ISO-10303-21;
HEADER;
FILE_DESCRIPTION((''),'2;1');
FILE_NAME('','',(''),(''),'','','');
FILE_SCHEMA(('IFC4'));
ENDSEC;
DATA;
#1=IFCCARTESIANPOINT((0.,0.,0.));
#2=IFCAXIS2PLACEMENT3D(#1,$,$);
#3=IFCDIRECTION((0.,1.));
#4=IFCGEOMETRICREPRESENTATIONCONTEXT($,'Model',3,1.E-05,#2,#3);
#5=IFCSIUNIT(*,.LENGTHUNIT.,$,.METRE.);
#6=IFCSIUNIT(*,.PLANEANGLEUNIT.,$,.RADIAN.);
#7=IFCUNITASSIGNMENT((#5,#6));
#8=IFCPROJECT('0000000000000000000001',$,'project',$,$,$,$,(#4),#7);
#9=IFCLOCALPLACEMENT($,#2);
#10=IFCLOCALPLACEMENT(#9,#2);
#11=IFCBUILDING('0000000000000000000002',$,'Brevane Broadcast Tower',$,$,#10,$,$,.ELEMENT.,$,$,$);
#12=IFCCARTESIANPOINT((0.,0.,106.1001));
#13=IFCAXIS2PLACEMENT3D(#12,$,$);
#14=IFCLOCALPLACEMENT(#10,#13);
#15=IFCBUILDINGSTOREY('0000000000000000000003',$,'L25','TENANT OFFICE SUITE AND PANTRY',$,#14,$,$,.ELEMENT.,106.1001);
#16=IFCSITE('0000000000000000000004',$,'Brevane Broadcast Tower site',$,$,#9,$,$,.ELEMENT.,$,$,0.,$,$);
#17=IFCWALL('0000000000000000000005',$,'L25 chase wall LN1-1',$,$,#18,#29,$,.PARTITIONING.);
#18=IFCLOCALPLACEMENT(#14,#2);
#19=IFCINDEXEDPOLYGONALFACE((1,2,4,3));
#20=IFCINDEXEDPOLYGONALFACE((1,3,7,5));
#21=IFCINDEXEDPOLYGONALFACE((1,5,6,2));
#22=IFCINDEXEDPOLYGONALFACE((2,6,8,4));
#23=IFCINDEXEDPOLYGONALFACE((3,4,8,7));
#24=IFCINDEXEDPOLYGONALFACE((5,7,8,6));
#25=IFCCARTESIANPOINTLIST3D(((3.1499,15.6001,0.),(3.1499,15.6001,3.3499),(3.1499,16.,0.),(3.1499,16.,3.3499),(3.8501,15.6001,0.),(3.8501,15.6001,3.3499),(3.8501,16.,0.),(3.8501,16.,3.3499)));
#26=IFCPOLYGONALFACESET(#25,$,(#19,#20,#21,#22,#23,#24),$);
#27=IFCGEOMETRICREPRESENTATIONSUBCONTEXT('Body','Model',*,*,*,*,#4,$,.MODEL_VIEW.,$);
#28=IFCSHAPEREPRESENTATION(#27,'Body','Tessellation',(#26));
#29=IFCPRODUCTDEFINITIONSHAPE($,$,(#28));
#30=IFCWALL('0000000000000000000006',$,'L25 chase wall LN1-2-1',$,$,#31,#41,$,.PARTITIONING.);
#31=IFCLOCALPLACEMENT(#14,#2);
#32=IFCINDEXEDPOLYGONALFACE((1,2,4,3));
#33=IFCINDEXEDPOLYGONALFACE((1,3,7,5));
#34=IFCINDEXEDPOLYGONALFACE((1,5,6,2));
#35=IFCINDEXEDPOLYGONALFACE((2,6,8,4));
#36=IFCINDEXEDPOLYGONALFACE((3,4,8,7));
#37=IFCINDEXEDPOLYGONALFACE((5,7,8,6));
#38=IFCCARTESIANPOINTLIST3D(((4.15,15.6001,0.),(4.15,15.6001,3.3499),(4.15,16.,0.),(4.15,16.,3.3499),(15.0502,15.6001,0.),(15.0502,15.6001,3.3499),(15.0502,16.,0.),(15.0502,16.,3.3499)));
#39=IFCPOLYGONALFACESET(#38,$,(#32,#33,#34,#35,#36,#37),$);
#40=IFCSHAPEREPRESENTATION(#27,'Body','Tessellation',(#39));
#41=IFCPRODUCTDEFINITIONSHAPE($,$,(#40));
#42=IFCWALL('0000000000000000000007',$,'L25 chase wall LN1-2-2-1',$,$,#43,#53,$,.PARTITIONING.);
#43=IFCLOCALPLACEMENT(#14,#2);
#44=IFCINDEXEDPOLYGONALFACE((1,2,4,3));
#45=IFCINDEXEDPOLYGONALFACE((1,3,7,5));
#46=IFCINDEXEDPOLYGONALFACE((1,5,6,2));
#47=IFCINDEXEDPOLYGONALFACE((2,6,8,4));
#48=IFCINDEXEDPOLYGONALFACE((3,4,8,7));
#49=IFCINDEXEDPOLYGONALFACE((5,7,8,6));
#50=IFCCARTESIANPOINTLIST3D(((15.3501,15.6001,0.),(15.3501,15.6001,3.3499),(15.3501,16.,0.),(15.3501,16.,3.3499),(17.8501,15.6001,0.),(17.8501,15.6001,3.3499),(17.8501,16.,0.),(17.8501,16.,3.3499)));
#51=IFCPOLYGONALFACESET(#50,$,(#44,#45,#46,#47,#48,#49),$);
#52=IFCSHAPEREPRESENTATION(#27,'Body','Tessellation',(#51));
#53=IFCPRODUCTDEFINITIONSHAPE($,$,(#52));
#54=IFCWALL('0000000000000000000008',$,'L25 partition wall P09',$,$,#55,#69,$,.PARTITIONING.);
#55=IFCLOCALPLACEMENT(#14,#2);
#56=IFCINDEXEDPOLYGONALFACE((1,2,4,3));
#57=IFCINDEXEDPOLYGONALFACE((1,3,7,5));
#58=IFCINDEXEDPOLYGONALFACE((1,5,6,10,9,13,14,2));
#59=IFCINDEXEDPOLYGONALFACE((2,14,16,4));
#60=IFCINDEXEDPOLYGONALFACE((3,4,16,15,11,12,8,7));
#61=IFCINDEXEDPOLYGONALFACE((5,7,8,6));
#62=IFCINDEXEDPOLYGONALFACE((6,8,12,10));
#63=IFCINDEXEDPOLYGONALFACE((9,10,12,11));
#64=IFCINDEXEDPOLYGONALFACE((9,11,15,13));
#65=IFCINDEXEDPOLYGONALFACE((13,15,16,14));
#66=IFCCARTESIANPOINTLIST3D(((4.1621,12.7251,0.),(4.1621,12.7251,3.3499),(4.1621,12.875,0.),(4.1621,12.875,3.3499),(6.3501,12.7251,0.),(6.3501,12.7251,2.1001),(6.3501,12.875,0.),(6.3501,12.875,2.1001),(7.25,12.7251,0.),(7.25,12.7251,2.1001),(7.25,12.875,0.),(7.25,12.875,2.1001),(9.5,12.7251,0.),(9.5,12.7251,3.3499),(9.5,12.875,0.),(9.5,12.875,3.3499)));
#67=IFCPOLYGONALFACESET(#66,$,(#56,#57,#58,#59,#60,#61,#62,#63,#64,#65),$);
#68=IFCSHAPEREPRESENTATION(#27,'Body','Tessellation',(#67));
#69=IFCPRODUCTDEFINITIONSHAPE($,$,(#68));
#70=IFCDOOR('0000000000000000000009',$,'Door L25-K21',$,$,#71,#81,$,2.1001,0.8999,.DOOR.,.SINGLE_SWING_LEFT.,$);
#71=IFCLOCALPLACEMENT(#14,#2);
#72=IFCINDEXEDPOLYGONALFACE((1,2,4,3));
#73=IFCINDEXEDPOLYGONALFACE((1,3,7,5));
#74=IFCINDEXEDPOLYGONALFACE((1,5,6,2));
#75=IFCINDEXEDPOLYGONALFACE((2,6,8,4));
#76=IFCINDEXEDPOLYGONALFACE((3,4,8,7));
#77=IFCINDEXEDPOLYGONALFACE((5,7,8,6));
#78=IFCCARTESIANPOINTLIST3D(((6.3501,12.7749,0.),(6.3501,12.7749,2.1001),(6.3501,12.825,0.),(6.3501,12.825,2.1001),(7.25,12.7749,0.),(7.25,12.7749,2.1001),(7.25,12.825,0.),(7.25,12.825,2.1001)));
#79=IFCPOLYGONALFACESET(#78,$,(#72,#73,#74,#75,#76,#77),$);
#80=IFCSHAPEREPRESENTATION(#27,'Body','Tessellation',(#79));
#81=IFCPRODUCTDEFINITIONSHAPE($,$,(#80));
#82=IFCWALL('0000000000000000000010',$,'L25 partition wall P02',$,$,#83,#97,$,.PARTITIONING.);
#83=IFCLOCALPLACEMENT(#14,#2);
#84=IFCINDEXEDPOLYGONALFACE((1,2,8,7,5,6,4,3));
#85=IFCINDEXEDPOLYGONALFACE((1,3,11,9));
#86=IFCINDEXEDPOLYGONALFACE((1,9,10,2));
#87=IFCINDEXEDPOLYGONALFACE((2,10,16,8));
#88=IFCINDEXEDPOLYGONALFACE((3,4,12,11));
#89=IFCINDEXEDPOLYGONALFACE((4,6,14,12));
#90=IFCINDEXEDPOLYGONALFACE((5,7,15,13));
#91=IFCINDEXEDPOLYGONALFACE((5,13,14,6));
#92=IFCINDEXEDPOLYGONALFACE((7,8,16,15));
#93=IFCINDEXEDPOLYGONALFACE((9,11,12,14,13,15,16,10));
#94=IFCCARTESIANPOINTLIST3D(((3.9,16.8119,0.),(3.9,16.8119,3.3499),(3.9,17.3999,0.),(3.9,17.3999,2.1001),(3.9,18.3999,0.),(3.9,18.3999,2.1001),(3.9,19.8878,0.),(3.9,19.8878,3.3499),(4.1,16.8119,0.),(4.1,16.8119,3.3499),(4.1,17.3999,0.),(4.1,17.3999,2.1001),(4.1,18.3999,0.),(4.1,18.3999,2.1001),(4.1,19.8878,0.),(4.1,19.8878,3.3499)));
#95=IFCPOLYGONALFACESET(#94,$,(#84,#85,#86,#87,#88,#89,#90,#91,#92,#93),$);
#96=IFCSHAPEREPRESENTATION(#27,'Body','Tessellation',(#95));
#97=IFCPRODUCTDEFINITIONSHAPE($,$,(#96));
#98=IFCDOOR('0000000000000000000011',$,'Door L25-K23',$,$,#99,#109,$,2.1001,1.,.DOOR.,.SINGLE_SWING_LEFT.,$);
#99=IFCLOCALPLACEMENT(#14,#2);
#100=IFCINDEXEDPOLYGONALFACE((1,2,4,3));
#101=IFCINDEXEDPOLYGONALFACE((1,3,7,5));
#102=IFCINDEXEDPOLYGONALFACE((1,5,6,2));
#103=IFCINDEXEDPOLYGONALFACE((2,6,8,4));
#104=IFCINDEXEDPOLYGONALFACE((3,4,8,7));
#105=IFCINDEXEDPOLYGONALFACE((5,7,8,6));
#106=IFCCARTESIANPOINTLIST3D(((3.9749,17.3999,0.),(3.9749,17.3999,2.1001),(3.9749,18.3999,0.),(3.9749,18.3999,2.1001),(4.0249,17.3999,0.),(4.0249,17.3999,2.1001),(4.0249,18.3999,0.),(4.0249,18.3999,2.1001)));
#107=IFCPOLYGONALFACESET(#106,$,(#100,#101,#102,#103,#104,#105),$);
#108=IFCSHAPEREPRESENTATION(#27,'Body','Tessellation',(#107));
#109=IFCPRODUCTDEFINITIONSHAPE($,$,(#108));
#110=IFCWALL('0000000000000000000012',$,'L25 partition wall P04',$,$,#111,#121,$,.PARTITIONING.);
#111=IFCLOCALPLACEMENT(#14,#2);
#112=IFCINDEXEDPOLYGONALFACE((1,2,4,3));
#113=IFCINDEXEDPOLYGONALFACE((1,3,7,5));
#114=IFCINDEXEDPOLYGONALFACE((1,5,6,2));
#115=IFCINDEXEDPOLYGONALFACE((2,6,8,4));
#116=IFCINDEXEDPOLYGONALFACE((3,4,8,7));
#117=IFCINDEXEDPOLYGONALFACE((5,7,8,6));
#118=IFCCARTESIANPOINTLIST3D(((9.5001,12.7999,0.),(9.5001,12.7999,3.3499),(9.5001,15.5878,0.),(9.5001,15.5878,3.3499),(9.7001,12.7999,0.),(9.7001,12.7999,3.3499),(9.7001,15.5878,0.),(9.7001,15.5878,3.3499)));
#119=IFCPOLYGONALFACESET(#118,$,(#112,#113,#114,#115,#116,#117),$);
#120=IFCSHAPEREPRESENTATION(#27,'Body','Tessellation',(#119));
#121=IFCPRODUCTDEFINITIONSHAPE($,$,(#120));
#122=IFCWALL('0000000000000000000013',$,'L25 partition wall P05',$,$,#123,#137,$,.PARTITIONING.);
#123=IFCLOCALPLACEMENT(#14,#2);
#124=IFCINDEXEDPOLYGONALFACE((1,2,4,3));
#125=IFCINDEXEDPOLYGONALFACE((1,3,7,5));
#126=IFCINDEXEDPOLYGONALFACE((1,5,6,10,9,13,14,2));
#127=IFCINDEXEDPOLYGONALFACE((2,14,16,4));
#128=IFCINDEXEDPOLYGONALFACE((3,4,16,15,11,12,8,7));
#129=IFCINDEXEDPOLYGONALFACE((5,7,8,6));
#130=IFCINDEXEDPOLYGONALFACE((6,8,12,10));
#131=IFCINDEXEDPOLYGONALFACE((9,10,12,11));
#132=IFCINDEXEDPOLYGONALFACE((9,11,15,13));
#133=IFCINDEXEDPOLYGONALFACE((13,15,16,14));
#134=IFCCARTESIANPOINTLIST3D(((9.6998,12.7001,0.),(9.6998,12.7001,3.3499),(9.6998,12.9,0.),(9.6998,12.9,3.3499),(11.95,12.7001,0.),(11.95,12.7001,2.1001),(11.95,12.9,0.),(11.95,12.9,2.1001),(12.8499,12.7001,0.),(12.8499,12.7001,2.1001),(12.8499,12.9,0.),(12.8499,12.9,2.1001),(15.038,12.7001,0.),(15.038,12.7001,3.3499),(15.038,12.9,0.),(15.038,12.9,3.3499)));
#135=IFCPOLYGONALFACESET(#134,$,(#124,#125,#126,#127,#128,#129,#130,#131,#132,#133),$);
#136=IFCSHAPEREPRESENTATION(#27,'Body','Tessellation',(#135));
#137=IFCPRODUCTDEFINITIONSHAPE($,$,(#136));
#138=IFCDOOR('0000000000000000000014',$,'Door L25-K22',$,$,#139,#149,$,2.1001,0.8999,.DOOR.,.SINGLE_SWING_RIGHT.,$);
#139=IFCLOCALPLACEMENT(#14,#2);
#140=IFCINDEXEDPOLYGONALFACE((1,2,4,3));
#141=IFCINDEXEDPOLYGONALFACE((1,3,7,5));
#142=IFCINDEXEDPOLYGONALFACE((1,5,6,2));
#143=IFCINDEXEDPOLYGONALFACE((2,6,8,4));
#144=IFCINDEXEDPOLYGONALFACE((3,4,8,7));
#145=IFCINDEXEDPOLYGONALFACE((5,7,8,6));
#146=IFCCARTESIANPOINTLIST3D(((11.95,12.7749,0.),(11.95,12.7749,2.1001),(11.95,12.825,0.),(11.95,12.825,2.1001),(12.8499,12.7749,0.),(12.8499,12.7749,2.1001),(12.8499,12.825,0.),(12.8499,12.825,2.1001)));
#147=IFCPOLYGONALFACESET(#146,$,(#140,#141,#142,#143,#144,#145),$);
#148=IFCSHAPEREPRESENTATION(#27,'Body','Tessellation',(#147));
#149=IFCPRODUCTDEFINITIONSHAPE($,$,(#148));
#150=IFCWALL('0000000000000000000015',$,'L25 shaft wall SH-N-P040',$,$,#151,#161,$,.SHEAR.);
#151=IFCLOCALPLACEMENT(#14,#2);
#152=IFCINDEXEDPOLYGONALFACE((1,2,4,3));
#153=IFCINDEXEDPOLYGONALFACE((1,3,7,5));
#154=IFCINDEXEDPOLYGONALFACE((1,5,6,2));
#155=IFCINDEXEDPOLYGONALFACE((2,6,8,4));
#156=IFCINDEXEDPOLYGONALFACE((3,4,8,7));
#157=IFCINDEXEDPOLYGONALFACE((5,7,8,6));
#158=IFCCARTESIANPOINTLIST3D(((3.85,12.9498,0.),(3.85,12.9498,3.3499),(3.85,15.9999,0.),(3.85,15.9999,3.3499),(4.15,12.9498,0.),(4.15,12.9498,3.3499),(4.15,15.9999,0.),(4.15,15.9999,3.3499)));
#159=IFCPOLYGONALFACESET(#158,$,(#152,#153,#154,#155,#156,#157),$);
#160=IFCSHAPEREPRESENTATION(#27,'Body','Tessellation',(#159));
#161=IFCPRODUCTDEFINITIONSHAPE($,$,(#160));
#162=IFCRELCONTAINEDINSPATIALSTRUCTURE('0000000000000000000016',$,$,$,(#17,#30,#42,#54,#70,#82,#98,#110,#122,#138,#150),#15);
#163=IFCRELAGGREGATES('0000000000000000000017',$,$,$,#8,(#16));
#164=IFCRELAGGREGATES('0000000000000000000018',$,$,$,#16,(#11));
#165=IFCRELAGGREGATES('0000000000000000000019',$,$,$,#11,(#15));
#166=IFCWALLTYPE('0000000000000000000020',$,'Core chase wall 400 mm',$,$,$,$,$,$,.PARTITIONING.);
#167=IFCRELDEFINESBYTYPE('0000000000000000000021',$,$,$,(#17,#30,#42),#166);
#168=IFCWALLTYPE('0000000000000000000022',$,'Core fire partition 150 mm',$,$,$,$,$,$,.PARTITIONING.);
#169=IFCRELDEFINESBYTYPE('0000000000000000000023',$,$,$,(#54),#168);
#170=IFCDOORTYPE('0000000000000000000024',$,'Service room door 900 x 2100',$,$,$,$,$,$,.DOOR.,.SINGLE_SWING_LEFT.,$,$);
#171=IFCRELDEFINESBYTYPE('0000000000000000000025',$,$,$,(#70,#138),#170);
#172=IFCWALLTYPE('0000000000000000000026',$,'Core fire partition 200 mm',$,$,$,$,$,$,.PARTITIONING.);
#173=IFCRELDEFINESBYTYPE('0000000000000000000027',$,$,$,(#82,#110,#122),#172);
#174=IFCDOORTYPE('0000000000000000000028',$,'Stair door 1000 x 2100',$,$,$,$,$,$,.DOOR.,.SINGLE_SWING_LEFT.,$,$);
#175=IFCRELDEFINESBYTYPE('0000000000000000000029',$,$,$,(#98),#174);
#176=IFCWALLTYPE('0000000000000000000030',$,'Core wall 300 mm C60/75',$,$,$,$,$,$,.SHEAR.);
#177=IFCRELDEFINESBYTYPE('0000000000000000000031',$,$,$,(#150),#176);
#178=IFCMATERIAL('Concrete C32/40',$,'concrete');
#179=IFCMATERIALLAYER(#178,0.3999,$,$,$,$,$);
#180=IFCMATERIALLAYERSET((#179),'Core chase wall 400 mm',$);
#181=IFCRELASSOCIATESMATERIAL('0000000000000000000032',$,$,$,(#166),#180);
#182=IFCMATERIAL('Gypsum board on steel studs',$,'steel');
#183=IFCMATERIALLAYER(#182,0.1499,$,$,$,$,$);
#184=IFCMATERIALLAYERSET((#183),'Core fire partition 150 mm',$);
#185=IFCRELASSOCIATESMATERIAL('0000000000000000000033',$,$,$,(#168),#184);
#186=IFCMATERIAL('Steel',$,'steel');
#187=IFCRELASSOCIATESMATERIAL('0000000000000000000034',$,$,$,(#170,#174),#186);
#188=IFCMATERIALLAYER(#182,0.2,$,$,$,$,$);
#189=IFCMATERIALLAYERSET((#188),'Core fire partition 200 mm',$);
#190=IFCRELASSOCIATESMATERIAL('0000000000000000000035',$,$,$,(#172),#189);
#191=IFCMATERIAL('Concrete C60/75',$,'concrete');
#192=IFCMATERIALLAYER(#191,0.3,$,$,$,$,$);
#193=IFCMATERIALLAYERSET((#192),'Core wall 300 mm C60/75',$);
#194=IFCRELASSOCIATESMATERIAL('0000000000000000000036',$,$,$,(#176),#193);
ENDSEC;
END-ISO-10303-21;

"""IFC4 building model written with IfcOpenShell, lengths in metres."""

from ifc_helpers import new_model, si_unit, direction, frame, frame_2d, origin, place, context, subcontext, project, spatial, rectangle, extrude, material, layer, layer_set, type_object, element, fill, save


model = new_model("IFC4")

# Units and contexts
model_context = context("Model", 3, precision=1e-05, world=origin(), true_north=direction((0.0, 1.0)))
body_context = subcontext(model_context, "Body", "Model", "MODEL_VIEW")
ifc_project = project(units=[si_unit("LENGTHUNIT", "METRE"), si_unit("PLANEANGLEUNIT", "RADIAN")], contexts=[model_context])

# Site, building, storey
site_placement = place(None, origin())
site = spatial("IfcSite", under=ifc_project, at=site_placement, Name="Brevane Broadcast Tower site", CompositionType="ELEMENT", RefElevation=0.0)
building_placement = place(site_placement, origin())
building = spatial("IfcBuilding", under=site, at=building_placement, Name="Brevane Broadcast Tower", CompositionType="ELEMENT")
storey_placement = place(building_placement, frame((0.0, 0.0, 106.1001)))
storey = spatial("IfcBuildingStorey", under=building, at=storey_placement, Name="L25", Description="TENANT OFFICE SUITE AND PANTRY", CompositionType="ELEMENT", Elevation=106.1001)

# Walls
ifc_material_1 = material(Name="Concrete C32/40", Category="concrete")
ifc_layer_1 = layer(ifc_material_1, 0.3999)
ifc_layer_set_1 = layer_set([ifc_layer_1], Name="Core chase wall 400 mm")
wall_type_1 = type_object("IfcWallType", Name="Core chase wall 400 mm", PredefinedType="PARTITIONING", material=ifc_layer_set_1)
wall_1_placement = place(storey_placement, frame((3.1499, 15.8, 0.0), z_axis=(0.0, 0.0, 1.0), x_axis=(1.0, 0.0, 0.0)))
element("IfcWall", 1, at=wall_1_placement, inside=storey, type_object=wall_type_1, Name="L25 chase wall LN1-1", PredefinedType="PARTITIONING", context=body_context, shape_type="SweptSolid", body=[
    extrude(rectangle(XDim=0.7002, YDim=0.3999, at=frame_2d((0.3501, 0.0))), origin(), (0.0, 0.0, 1.0), 3.3499),
])
wall_2_placement = place(storey_placement, frame((4.1499, 15.8, 0.0), z_axis=(0.0, 0.0, 1.0), x_axis=(1.0, 0.0, 0.0)))
element("IfcWall", 2, at=wall_2_placement, inside=storey, type_object=wall_type_1, Name="L25 chase wall LN1-2-1", PredefinedType="PARTITIONING", context=body_context, shape_type="SweptSolid", body=[
    extrude(rectangle(XDim=10.9001, YDim=0.3999, at=frame_2d((5.4502, 0.0))), origin(), (0.0, 0.0, 1.0), 3.3499),
])
wall_3_placement = place(storey_placement, frame((15.3501, 15.8, 0.0), z_axis=(0.0, 0.0, 1.0), x_axis=(1.0, 0.0, 0.0)))
element("IfcWall", 3, at=wall_3_placement, inside=storey, type_object=wall_type_1, Name="L25 chase wall LN1-2-2-1", PredefinedType="PARTITIONING", context=body_context, shape_type="SweptSolid", body=[
    extrude(rectangle(XDim=2.5, YDim=0.3999, at=frame_2d((1.25, 0.0))), origin(), (0.0, 0.0, 1.0), 3.3499),
])

# Walls, openings, doors
ifc_material_2 = material(Name="Gypsum board on steel studs", Category="steel")
ifc_layer_2 = layer(ifc_material_2, 0.1499)
ifc_layer_set_2 = layer_set([ifc_layer_2], Name="Core fire partition 150 mm")
wall_type_2 = type_object("IfcWallType", Name="Core fire partition 150 mm", PredefinedType="PARTITIONING", material=ifc_layer_set_2)
wall_4_placement = place(storey_placement, frame((4.1621, 12.8, 0.0), z_axis=(0.0, 0.0, 1.0), x_axis=(1.0, 0.0, 0.0)))
wall_4 = element("IfcWall", 4, at=wall_4_placement, inside=storey, type_object=wall_type_2, Name="L25 partition wall P09", PredefinedType="PARTITIONING", context=body_context, shape_type="SweptSolid", body=[
    extrude(rectangle(XDim=5.3379, YDim=0.1499, at=frame_2d((2.6689, 0.0))), origin(), (0.0, 0.0, 1.0), 3.3499),
])
opening_1_placement = place(wall_4_placement, frame((2.188, 0.0, 0.0)))
opening_1 = element("IfcOpeningElement", 5, at=opening_1_placement, cuts=wall_4, PredefinedType="OPENING", context=body_context, shape_type="SweptSolid", body=[
    extrude(rectangle(XDim=0.8999, YDim=2.1001, at=frame_2d((0.45, 1.05))), frame((0.0, 0.085, 0.0), z_axis=(0.0, -1.0, 0.0), x_axis=(1.0, 0.0, 0.0)), (0.0, 0.0, 1.0), 0.1699),
])
ifc_material_3 = material(Name="Steel", Category="steel")
door_type_1 = type_object("IfcDoorType", Name="Service room door 900 x 2100", OperationType="SINGLE_SWING_LEFT", PredefinedType="DOOR", material=ifc_material_3)
door_1_placement = place(opening_1_placement, origin())
door_1 = element("IfcDoor", 6, at=door_1_placement, inside=storey, type_object=door_type_1, Name="Door L25-K21", OperationType="SINGLE_SWING_LEFT", OverallHeight=2.1001, OverallWidth=0.8999, PredefinedType="DOOR", context=body_context, shape_type="SweptSolid", body=[
    extrude(rectangle(XDim=0.8999, YDim=2.1001, at=frame_2d((0.45, 1.05))), frame((0.0, 0.0249, 0.0), z_axis=(0.0, -1.0, 0.0), x_axis=(1.0, 0.0, 0.0)), (0.0, 0.0, 1.0), 0.05),
])
fill(opening_1, door_1)
ifc_layer_3 = layer(ifc_material_2, 0.2)
ifc_layer_set_3 = layer_set([ifc_layer_3], Name="Core fire partition 200 mm")
wall_type_3 = type_object("IfcWallType", Name="Core fire partition 200 mm", PredefinedType="PARTITIONING", material=ifc_layer_set_3)
wall_5_placement = place(storey_placement, frame((4.0, 19.8879, 0.0), z_axis=(0.0, 0.0, 1.0), x_axis=(0.0, -1.0, 0.0)))
wall_5 = element("IfcWall", 7, at=wall_5_placement, inside=storey, type_object=wall_type_3, Name="L25 partition wall P02", PredefinedType="PARTITIONING", context=body_context, shape_type="SweptSolid", body=[
    extrude(rectangle(XDim=3.0759, YDim=0.2, at=frame_2d((1.5381, 0.0))), origin(), (0.0, 0.0, 1.0), 3.3499),
])
opening_2_placement = place(wall_5_placement, frame((1.488, 0.0, 0.0)))
opening_2 = element("IfcOpeningElement", 8, at=opening_2_placement, cuts=wall_5, PredefinedType="OPENING", context=body_context, shape_type="SweptSolid", body=[
    extrude(rectangle(XDim=1.0, YDim=2.1001, at=frame_2d((0.5, 1.05))), frame((0.0, 0.1099, 0.0), z_axis=(0.0, -1.0, 0.0), x_axis=(1.0, 0.0, 0.0)), (0.0, 0.0, 1.0), 0.22),
])
door_type_2 = type_object("IfcDoorType", Name="Stair door 1000 x 2100", OperationType="SINGLE_SWING_LEFT", PredefinedType="DOOR", material=ifc_material_3)
door_2_placement = place(opening_2_placement, origin())
door_2 = element("IfcDoor", 9, at=door_2_placement, inside=storey, type_object=door_type_2, Name="Door L25-K23", OperationType="SINGLE_SWING_LEFT", OverallHeight=2.1001, OverallWidth=1.0, PredefinedType="DOOR", context=body_context, shape_type="SweptSolid", body=[
    extrude(rectangle(XDim=1.0, YDim=2.1001, at=frame_2d((0.5, 1.05))), frame((0.0, 0.0249, 0.0), z_axis=(0.0, -1.0, 0.0), x_axis=(1.0, 0.0, 0.0)), (0.0, 0.0, 1.0), 0.05),
])
fill(opening_2, door_2)

# Wall
wall_6_placement = place(storey_placement, frame((9.6001, 15.5879, 0.0), z_axis=(0.0, 0.0, 1.0), x_axis=(0.0, -1.0, 0.0)))
element("IfcWall", 10, at=wall_6_placement, inside=storey, type_object=wall_type_3, Name="L25 partition wall P04", PredefinedType="PARTITIONING", context=body_context, shape_type="SweptSolid", body=[
    extrude(rectangle(XDim=2.7878, YDim=0.2, at=frame_2d((1.394, 0.0))), origin(), (0.0, 0.0, 1.0), 3.3499),
])

# Wall, opening, door
wall_7_placement = place(storey_placement, frame((9.7, 12.8, 0.0), z_axis=(0.0, 0.0, 1.0), x_axis=(1.0, 0.0, 0.0)))
wall_7 = element("IfcWall", 11, at=wall_7_placement, inside=storey, type_object=wall_type_3, Name="L25 partition wall P05", PredefinedType="PARTITIONING", context=body_context, shape_type="SweptSolid", body=[
    extrude(rectangle(XDim=5.3381, YDim=0.2, at=frame_2d((2.6689, 0.0))), origin(), (0.0, 0.0, 1.0), 3.3499),
])
opening_3_placement = place(wall_7_placement, frame((2.25, 0.0, 0.0)))
opening_3 = element("IfcOpeningElement", 12, at=opening_3_placement, cuts=wall_7, PredefinedType="OPENING", context=body_context, shape_type="SweptSolid", body=[
    extrude(rectangle(XDim=0.8999, YDim=2.1001, at=frame_2d((0.45, 1.05))), frame((0.0, 0.1099, 0.0), z_axis=(0.0, -1.0, 0.0), x_axis=(1.0, 0.0, 0.0)), (0.0, 0.0, 1.0), 0.22),
])
door_3_placement = place(opening_3_placement, origin())
door_3 = element("IfcDoor", 13, at=door_3_placement, inside=storey, type_object=door_type_1, Name="Door L25-K22", OperationType="SINGLE_SWING_RIGHT", OverallHeight=2.1001, OverallWidth=0.8999, PredefinedType="DOOR", context=body_context, shape_type="SweptSolid", body=[
    extrude(rectangle(XDim=0.8999, YDim=2.1001, at=frame_2d((0.45, 1.05))), frame((0.0, 0.0249, 0.0), z_axis=(0.0, -1.0, 0.0), x_axis=(1.0, 0.0, 0.0)), (0.0, 0.0, 1.0), 0.05),
])
fill(opening_3, door_3)

# Wall
ifc_material_4 = material(Name="Concrete C60/75", Category="concrete")
ifc_layer_4 = layer(ifc_material_4, 0.3)
ifc_layer_set_4 = layer_set([ifc_layer_4], Name="Core wall 300 mm C60/75")
wall_type_4 = type_object("IfcWallType", Name="Core wall 300 mm C60/75", PredefinedType="SHEAR", material=ifc_layer_set_4)
wall_8_placement = place(storey_placement, frame((4.0, 12.95, 0.0), z_axis=(0.0, 0.0, 1.0), x_axis=(0.0, 1.0, 0.0)))
element("IfcWall", 14, at=wall_8_placement, inside=storey, type_object=wall_type_4, Name="L25 shaft wall SH-N-P040", PredefinedType="SHEAR", context=body_context, shape_type="SweptSolid", body=[
    extrude(rectangle(XDim=3.05, YDim=0.3, at=frame_2d((1.5249, 0.0))), origin(), (0.0, 0.0, 1.0), 3.3499),
])

save(model, "model.ifc")
